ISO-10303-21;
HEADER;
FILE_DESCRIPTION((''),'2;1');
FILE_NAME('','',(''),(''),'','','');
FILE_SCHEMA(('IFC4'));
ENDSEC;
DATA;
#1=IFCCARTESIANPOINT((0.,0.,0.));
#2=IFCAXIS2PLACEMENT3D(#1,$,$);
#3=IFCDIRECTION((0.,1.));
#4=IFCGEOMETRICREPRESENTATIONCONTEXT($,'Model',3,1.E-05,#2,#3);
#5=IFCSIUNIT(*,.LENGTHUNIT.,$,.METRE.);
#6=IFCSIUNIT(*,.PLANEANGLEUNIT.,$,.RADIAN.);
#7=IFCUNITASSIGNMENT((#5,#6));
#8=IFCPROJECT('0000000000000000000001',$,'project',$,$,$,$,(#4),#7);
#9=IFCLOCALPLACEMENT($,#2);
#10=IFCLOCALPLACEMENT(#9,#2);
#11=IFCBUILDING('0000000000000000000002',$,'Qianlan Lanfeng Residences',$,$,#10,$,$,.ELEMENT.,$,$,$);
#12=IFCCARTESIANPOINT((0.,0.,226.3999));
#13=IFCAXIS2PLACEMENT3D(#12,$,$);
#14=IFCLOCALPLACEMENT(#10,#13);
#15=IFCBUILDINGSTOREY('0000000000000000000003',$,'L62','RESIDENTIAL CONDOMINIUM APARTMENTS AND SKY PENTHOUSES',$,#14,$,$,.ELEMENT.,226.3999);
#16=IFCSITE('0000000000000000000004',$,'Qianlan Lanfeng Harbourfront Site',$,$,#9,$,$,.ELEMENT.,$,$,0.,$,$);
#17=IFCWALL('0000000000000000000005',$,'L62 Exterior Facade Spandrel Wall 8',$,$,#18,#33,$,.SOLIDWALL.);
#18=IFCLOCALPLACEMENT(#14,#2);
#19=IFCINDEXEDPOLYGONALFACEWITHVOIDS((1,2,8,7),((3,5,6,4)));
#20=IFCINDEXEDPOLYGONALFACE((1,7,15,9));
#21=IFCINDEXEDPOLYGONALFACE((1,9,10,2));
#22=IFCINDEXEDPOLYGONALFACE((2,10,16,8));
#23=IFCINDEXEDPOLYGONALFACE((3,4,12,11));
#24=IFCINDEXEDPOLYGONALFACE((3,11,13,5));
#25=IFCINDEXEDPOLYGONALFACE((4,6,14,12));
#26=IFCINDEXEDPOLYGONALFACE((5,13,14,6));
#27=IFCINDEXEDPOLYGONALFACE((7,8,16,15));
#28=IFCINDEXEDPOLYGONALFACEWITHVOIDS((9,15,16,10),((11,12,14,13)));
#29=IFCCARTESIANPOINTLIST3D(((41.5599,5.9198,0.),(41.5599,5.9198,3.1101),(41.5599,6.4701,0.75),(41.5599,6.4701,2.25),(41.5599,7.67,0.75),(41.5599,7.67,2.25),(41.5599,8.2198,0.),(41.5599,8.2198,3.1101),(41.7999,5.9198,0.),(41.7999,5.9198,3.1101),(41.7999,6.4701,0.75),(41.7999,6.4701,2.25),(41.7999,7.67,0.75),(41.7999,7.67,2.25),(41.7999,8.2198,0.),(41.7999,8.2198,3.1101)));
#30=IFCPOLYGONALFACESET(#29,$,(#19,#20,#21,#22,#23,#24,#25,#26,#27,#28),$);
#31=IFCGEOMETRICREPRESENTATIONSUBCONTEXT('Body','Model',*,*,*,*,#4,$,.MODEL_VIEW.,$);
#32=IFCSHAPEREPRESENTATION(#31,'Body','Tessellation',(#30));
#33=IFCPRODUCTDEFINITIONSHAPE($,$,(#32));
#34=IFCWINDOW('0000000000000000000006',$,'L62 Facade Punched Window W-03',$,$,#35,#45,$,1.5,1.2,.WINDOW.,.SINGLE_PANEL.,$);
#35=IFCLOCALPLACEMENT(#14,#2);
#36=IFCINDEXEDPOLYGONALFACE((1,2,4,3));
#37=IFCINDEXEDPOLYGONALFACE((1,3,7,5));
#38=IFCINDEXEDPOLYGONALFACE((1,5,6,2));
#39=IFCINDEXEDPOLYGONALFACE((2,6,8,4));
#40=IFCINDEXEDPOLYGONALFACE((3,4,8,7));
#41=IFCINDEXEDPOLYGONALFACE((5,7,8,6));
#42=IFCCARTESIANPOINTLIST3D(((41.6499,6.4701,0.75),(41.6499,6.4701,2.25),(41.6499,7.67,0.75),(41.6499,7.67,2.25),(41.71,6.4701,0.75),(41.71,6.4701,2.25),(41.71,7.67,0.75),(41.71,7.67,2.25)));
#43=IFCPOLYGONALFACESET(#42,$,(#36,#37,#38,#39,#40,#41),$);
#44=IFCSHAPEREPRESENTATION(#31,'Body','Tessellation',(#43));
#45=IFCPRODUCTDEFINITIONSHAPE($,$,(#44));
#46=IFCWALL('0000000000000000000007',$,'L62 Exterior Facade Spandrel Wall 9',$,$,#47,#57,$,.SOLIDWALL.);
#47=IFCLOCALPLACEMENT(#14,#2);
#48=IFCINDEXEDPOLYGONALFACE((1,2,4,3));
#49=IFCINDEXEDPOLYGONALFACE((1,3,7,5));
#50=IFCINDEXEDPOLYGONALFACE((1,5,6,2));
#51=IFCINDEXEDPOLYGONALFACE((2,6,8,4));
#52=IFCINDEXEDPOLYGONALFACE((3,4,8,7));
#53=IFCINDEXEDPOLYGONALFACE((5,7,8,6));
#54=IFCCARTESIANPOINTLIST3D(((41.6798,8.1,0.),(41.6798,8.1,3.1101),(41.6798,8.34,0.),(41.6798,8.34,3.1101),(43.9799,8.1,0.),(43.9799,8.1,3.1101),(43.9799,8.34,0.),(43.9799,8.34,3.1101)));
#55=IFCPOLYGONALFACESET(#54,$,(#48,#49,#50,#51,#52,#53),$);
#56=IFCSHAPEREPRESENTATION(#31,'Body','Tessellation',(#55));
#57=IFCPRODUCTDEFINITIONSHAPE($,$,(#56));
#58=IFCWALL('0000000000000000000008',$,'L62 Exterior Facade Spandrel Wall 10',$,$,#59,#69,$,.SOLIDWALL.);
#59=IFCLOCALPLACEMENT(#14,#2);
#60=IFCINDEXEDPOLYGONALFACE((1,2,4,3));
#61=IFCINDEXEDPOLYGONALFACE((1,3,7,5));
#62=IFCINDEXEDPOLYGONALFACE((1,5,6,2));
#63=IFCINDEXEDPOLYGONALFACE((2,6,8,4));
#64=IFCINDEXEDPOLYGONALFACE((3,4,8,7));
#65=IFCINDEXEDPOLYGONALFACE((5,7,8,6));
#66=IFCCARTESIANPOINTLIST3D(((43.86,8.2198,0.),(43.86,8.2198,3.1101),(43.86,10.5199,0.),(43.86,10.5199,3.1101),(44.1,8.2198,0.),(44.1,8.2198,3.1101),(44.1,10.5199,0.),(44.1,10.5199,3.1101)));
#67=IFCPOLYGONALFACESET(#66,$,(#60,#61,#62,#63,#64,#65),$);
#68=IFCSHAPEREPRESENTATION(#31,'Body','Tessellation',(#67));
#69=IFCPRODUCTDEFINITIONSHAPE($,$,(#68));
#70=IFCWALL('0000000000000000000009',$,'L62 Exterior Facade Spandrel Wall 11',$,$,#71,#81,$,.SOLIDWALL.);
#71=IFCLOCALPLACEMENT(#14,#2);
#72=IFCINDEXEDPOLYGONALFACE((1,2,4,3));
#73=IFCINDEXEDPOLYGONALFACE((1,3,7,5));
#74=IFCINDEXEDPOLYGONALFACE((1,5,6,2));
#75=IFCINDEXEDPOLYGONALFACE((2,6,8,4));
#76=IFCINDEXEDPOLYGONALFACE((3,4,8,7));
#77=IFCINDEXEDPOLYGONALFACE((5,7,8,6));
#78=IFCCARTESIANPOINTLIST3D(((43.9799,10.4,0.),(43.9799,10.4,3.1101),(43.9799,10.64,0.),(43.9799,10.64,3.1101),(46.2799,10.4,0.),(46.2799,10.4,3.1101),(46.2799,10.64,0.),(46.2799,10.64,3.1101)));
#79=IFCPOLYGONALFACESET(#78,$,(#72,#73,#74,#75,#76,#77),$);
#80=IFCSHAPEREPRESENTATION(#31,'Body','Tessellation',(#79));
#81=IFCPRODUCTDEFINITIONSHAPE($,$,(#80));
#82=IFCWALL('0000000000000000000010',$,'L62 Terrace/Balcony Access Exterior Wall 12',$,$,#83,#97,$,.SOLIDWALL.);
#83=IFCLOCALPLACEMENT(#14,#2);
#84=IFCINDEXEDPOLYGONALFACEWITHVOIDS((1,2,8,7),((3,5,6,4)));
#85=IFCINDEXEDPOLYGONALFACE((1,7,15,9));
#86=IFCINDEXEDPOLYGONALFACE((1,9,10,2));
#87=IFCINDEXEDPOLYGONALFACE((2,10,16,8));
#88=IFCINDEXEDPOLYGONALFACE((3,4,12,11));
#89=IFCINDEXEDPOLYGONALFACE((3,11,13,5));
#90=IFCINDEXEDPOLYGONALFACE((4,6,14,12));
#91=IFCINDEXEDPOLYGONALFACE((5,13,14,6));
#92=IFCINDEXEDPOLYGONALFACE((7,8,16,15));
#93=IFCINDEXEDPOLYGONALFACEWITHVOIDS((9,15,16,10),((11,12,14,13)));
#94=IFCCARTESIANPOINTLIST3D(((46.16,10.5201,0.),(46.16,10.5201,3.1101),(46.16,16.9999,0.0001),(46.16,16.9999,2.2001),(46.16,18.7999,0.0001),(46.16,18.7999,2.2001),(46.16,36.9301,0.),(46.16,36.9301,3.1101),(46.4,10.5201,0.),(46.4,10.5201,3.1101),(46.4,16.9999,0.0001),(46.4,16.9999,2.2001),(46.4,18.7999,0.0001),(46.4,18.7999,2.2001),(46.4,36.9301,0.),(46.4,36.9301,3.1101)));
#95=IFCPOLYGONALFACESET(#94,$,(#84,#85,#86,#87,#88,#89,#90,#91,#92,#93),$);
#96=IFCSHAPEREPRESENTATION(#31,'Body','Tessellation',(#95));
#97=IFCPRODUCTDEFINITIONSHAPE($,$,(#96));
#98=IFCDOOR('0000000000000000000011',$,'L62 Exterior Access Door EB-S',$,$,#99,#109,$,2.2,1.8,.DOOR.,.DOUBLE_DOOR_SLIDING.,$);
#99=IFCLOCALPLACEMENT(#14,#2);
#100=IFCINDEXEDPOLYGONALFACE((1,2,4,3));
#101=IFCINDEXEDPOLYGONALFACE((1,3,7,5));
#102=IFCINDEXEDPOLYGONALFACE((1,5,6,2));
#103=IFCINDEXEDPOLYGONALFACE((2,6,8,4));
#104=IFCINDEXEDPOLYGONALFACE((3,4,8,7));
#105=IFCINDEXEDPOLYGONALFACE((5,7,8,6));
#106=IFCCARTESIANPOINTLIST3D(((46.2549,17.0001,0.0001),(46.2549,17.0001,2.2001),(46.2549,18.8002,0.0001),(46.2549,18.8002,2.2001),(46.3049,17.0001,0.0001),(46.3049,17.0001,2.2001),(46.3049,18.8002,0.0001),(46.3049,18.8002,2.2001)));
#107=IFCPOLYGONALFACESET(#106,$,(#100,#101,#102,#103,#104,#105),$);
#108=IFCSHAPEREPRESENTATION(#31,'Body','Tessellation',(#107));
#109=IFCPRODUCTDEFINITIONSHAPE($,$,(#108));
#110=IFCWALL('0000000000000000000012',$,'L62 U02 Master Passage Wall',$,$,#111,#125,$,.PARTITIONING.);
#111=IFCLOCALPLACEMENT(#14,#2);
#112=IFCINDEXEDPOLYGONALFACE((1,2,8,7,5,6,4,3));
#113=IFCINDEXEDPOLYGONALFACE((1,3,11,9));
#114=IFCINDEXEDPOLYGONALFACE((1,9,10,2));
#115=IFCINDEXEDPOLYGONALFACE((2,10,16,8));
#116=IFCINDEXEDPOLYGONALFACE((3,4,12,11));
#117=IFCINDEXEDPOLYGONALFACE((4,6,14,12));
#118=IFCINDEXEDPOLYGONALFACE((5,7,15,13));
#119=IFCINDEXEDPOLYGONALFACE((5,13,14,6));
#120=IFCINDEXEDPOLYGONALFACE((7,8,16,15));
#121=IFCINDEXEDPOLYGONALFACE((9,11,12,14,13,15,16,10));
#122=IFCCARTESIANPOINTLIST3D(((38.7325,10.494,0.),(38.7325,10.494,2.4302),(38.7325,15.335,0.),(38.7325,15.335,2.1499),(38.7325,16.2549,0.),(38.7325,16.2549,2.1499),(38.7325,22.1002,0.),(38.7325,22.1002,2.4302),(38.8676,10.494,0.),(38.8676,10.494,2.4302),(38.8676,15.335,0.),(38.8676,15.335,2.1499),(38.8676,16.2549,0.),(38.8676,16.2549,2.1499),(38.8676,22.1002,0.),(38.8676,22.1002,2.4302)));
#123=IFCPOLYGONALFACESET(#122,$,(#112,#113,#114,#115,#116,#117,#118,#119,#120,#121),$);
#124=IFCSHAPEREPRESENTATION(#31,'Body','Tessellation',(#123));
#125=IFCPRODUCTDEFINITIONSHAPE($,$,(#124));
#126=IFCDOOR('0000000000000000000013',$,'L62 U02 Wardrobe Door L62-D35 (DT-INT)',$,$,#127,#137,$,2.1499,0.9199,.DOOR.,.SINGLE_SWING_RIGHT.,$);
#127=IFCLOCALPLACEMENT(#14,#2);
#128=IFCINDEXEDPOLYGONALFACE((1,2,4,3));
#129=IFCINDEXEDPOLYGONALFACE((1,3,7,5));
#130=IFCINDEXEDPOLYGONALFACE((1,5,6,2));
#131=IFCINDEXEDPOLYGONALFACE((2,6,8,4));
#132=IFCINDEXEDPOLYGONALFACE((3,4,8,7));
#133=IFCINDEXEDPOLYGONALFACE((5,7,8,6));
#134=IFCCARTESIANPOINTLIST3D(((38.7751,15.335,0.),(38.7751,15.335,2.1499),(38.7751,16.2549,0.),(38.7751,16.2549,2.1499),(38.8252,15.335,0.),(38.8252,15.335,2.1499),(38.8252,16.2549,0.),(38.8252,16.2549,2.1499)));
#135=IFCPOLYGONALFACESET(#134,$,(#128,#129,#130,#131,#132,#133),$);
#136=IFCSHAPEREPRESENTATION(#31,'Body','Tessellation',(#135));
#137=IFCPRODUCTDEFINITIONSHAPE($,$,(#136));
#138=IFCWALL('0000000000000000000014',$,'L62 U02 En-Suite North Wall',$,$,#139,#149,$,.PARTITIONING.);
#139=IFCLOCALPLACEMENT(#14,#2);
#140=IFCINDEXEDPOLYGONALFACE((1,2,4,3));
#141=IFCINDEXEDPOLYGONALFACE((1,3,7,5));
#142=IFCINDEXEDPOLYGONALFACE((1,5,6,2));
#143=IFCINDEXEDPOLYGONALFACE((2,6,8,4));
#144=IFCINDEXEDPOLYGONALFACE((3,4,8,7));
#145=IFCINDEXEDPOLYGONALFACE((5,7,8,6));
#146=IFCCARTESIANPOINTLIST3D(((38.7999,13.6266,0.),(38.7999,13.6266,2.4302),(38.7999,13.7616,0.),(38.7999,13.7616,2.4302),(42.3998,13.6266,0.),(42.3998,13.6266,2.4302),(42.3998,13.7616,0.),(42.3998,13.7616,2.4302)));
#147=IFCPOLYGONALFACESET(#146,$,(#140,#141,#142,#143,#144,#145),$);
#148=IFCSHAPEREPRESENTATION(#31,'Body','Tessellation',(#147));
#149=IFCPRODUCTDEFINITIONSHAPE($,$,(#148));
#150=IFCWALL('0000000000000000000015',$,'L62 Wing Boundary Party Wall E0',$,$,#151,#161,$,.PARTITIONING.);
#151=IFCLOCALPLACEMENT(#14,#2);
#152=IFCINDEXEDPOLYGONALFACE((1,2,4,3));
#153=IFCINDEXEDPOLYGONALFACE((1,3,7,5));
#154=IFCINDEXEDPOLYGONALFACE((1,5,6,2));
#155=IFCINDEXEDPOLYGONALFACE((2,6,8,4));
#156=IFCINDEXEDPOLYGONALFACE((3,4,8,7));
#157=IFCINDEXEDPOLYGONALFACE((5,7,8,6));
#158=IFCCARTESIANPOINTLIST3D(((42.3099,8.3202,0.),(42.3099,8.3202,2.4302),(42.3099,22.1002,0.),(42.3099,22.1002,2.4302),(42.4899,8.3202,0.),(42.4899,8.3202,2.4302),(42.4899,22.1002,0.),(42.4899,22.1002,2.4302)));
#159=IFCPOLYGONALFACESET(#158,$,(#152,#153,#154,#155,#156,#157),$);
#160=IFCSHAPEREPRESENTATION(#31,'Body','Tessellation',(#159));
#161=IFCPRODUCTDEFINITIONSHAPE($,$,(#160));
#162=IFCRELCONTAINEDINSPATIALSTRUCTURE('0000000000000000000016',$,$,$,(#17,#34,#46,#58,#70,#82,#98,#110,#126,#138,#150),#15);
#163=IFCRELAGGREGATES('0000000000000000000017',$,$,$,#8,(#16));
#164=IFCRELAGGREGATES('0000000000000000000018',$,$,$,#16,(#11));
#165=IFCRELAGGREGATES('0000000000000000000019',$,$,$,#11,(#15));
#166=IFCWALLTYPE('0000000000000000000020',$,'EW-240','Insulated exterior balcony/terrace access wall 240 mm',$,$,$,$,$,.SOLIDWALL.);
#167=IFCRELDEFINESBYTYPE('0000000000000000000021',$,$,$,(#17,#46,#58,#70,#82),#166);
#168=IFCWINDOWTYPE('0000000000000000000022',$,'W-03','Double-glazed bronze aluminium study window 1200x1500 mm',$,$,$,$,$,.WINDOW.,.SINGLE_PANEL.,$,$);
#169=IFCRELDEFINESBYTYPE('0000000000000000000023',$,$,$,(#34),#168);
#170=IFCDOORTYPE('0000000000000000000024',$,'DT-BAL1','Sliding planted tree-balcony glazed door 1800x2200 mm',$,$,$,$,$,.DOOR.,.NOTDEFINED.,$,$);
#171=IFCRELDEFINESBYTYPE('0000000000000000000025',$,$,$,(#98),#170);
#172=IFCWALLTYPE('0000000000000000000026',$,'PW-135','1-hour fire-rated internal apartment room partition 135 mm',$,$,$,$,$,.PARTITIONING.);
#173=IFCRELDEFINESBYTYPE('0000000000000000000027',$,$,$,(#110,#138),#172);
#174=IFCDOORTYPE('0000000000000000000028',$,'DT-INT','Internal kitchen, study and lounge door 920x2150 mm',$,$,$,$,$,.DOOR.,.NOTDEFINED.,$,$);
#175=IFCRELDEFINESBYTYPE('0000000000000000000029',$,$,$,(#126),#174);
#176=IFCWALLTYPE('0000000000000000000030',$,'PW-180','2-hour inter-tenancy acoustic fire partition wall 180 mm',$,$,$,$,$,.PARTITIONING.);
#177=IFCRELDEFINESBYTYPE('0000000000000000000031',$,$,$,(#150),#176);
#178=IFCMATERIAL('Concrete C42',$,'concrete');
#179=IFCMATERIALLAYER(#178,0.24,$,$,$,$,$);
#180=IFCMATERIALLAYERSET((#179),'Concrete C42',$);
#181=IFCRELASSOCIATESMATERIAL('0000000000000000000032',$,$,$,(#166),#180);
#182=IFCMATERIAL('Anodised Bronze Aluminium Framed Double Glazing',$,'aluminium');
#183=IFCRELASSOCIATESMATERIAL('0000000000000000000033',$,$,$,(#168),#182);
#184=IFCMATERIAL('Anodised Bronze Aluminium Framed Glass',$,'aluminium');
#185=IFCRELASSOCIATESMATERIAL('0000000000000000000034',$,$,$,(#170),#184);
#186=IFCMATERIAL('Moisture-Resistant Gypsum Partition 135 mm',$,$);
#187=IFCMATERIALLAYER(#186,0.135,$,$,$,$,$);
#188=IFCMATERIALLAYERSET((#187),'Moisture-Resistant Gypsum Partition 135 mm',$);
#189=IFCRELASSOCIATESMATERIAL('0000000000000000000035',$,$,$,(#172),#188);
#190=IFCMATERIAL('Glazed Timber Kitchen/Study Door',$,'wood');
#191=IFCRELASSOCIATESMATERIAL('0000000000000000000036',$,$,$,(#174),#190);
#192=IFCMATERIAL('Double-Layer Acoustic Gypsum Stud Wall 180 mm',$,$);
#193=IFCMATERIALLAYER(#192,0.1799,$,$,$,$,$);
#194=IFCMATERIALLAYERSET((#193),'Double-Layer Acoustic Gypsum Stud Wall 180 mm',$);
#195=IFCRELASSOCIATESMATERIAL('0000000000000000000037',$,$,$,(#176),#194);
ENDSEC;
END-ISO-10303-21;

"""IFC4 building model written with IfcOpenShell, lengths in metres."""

from ifc_helpers import new_model, si_unit, direction, frame, frame_2d, origin, place, context, subcontext, project, spatial, rectangle, extrude, material, layer, layer_set, type_object, element, fill, save


model = new_model("IFC4")

# Units and contexts
model_context = context("Model", 3, precision=1e-05, world=origin(), true_north=direction((0.0, 1.0)))
body_context = subcontext(model_context, "Body", "Model", "MODEL_VIEW")
ifc_project = project(units=[si_unit("LENGTHUNIT", "METRE"), si_unit("PLANEANGLEUNIT", "RADIAN")], contexts=[model_context])

# Site, building, storey
site_placement = place(None, origin())
site = spatial("IfcSite", under=ifc_project, at=site_placement, Name="Qianlan Lanfeng Harbourfront Site", CompositionType="ELEMENT", RefElevation=0.0)
building_placement = place(site_placement, origin())
building = spatial("IfcBuilding", under=site, at=building_placement, Name="Qianlan Lanfeng Residences", CompositionType="ELEMENT")
storey_placement = place(building_placement, frame((0.0, 0.0, 226.3999)))
storey = spatial("IfcBuildingStorey", under=building, at=storey_placement, Name="L62", Description="RESIDENTIAL CONDOMINIUM APARTMENTS AND SKY PENTHOUSES", CompositionType="ELEMENT", Elevation=226.3999)

# Wall, opening, window
ifc_material_1 = material(Name="Concrete C42", Category="concrete")
ifc_layer_1 = layer(ifc_material_1, 0.24)
ifc_layer_set_1 = layer_set([ifc_layer_1], Name="Concrete C42")
wall_type_1 = type_object("IfcWallType", Name="EW-240", Description="Insulated exterior balcony/terrace access wall 240 mm", PredefinedType="SOLIDWALL", material=ifc_layer_set_1)
wall_1_placement = place(storey_placement, frame((41.6799, 5.9199, 0.0), z_axis=(0.0, 0.0, 1.0), x_axis=(0.0, 1.0, 0.0)))
wall_1 = element("IfcWall", 1, at=wall_1_placement, inside=storey, type_object=wall_type_1, Name="L62 Exterior Facade Spandrel Wall 8", PredefinedType="SOLIDWALL", context=body_context, shape_type="SweptSolid", body=[
    extrude(rectangle(XDim=2.3, YDim=0.24, at=frame_2d((1.1499, 0.0))), origin(), (0.0, 0.0, 1.0), 3.1101),
])
opening_1_placement = place(wall_1_placement, frame((0.55, 0.0, 0.75)))
opening_1 = element("IfcOpeningElement", 2, at=opening_1_placement, cuts=wall_1, PredefinedType="OPENING", context=body_context, shape_type="SweptSolid", body=[
    extrude(rectangle(XDim=1.2, YDim=1.5, at=frame_2d((0.6001, 0.75))), frame((0.0, 0.1299, 0.0), z_axis=(0.0, -1.0, 0.0), x_axis=(1.0, 0.0, 0.0)), (0.0, 0.0, 1.0), 0.26),
])
ifc_material_2 = material(Name="Anodised Bronze Aluminium Framed Double Glazing", Category="aluminium")
window_type = type_object("IfcWindowType", Name="W-03", Description="Double-glazed bronze aluminium study window 1200x1500 mm", PartitioningType="SINGLE_PANEL", PredefinedType="WINDOW", material=ifc_material_2)
window_placement = place(opening_1_placement, origin())
window = element("IfcWindow", 3, at=window_placement, inside=storey, type_object=window_type, Name="L62 Facade Punched Window W-03", OverallHeight=1.5, OverallWidth=1.2, PartitioningType="SINGLE_PANEL", PredefinedType="WINDOW", context=body_context, shape_type="SweptSolid", body=[
    extrude(rectangle(XDim=1.2, YDim=1.5, at=frame_2d((0.6001, 0.75))), frame((0.0, 0.03, 0.0), z_axis=(0.0, -1.0, 0.0), x_axis=(1.0, 0.0, 0.0)), (0.0, 0.0, 1.0), 0.0601),
])
fill(opening_1, window)

# Walls
for number, where, z_axis, x_axis, name in (
    (4, (41.6799, 8.22, 0.0), (0.0, 0.0, 1.0), (1.0, 0.0, 0.0), "L62 Exterior Facade Spandrel Wall 9"),
    (5, (43.98, 8.22, 0.0), (0.0, 0.0, 1.0), (0.0, 1.0, 0.0), "L62 Exterior Facade Spandrel Wall 10"),
    (6, (43.98, 10.52, 0.0), (0.0, 0.0, 1.0), (1.0, 0.0, 0.0), "L62 Exterior Facade Spandrel Wall 11"),
):
    element("IfcWall", number, at=place(storey_placement, frame(where, z_axis=z_axis, x_axis=x_axis)), inside=storey, type_object=wall_type_1, Name=name, PredefinedType="SOLIDWALL", context=body_context, shape_type="SweptSolid", body=[
        extrude(rectangle(XDim=2.3, YDim=0.24, at=frame_2d((1.1499, 0.0))), origin(), (0.0, 0.0, 1.0), 3.1101),
    ])

# Walls, openings, doors
wall_2_placement = place(storey_placement, frame((46.28, 10.52, 0.0), z_axis=(0.0, 0.0, 1.0), x_axis=(0.0, 1.0, 0.0)))
wall_2 = element("IfcWall", 7, at=wall_2_placement, inside=storey, type_object=wall_type_1, Name="L62 Terrace/Balcony Access Exterior Wall 12", PredefinedType="SOLIDWALL", context=body_context, shape_type="SweptSolid", body=[
    extrude(rectangle(XDim=26.4099, YDim=0.24, at=frame_2d((13.2051, 0.0))), origin(), (0.0, 0.0, 1.0), 3.1101),
])
opening_2_placement = place(wall_2_placement, frame((6.48, 0.0, 0.0)))
opening_2 = element("IfcOpeningElement", 8, at=opening_2_placement, cuts=wall_2, PredefinedType="OPENING", context=body_context, shape_type="SweptSolid", body=[
    extrude(rectangle(XDim=1.8, YDim=2.2, at=frame_2d((0.8999, 1.1001))), frame((0.0, 0.1299, 0.0), z_axis=(0.0, -1.0, 0.0), x_axis=(1.0, 0.0, 0.0)), (0.0, 0.0, 1.0), 0.26),
])
ifc_material_3 = material(Name="Anodised Bronze Aluminium Framed Glass", Category="aluminium")
door_type_1 = type_object("IfcDoorType", Name="DT-BAL1", Description="Sliding planted tree-balcony glazed door 1800x2200 mm", OperationType="NOTDEFINED", PredefinedType="DOOR", material=ifc_material_3)
door_1_placement = place(opening_2_placement, frame((1.8, 0.0, 0.0), z_axis=(0.0, 0.0, 1.0), x_axis=(-1.0, 0.0, 0.0)))
door_1 = element("IfcDoor", 9, at=door_1_placement, inside=storey, type_object=door_type_1, Name="L62 Exterior Access Door EB-S", OperationType="DOUBLE_DOOR_SLIDING", OverallHeight=2.2, OverallWidth=1.8, PredefinedType="DOOR", context=body_context, shape_type="SweptSolid", body=[
    extrude(rectangle(XDim=1.8, YDim=2.2, at=frame_2d((0.8999, 1.1001))), frame((0.0, 0.0249, 0.0), z_axis=(0.0, -1.0, 0.0), x_axis=(1.0, 0.0, 0.0)), (0.0, 0.0, 1.0), 0.05),
])
fill(opening_2, door_1)
ifc_material_4 = material(Name="Moisture-Resistant Gypsum Partition 135 mm")
ifc_layer_2 = layer(ifc_material_4, 0.135)
ifc_layer_set_2 = layer_set([ifc_layer_2], Name="Moisture-Resistant Gypsum Partition 135 mm")
wall_type_2 = type_object("IfcWallType", Name="PW-135", Description="1-hour fire-rated internal apartment room partition 135 mm", PredefinedType="PARTITIONING", material=ifc_layer_set_2)
wall_3_placement = place(storey_placement, frame((38.8, 10.4939, 0.0), z_axis=(0.0, 0.0, 1.0), x_axis=(0.0, 1.0, 0.0)))
wall_3 = element("IfcWall", 10, at=wall_3_placement, inside=storey, type_object=wall_type_2, Name="L62 U02 Master Passage Wall", PredefinedType="PARTITIONING", context=body_context, shape_type="SweptSolid", body=[
    extrude(rectangle(XDim=11.6062, YDim=0.135, at=frame_2d((5.8032, 0.0))), origin(), (0.0, 0.0, 1.0), 2.4302),
])
opening_3_placement = place(wall_3_placement, frame((4.8411, 0.0, 0.0)))
opening_3 = element("IfcOpeningElement", 11, at=opening_3_placement, cuts=wall_3, PredefinedType="OPENING", context=body_context, shape_type="SweptSolid", body=[
    extrude(rectangle(XDim=0.9199, YDim=2.1499, at=frame_2d((0.46, 1.075))), frame((0.0, 0.0776, 0.0), z_axis=(0.0, -1.0, 0.0), x_axis=(1.0, 0.0, 0.0)), (0.0, 0.0, 1.0), 0.155),
])
ifc_material_5 = material(Name="Glazed Timber Kitchen/Study Door", Category="wood")
door_type_2 = type_object("IfcDoorType", Name="DT-INT", Description="Internal kitchen, study and lounge door 920x2150 mm", OperationType="NOTDEFINED", PredefinedType="DOOR", material=ifc_material_5)
door_2_placement = place(opening_3_placement, origin())
door_2 = element("IfcDoor", 12, at=door_2_placement, inside=storey, type_object=door_type_2, Name="L62 U02 Wardrobe Door L62-D35 (DT-INT)", OperationType="SINGLE_SWING_RIGHT", OverallHeight=2.1499, OverallWidth=0.9199, PredefinedType="DOOR", context=body_context, shape_type="SweptSolid", body=[
    extrude(rectangle(XDim=0.9199, YDim=2.1499, at=frame_2d((0.46, 1.075))), frame((0.0, 0.0249, 0.0), z_axis=(0.0, -1.0, 0.0), x_axis=(1.0, 0.0, 0.0)), (0.0, 0.0, 1.0), 0.05),
])
fill(opening_3, door_2)

# Walls
wall_4_placement = place(storey_placement, frame((38.8, 13.6941, 0.0), z_axis=(0.0, 0.0, 1.0), x_axis=(1.0, 0.0, 0.0)))
element("IfcWall", 13, at=wall_4_placement, inside=storey, type_object=wall_type_2, Name="L62 U02 En-Suite North Wall", PredefinedType="PARTITIONING", context=body_context, shape_type="SweptSolid", body=[
    extrude(rectangle(XDim=3.5999, YDim=0.135, at=frame_2d((1.7998, 0.0))), origin(), (0.0, 0.0, 1.0), 2.4302),
])
ifc_material_6 = material(Name="Double-Layer Acoustic Gypsum Stud Wall 180 mm")
ifc_layer_3 = layer(ifc_material_6, 0.1799)
ifc_layer_set_3 = layer_set([ifc_layer_3], Name="Double-Layer Acoustic Gypsum Stud Wall 180 mm")
wall_type_3 = type_object("IfcWallType", Name="PW-180", Description="2-hour inter-tenancy acoustic fire partition wall 180 mm", PredefinedType="PARTITIONING", material=ifc_layer_set_3)
wall_5_placement = place(storey_placement, frame((42.3999, 8.3201, 0.0), z_axis=(0.0, 0.0, 1.0), x_axis=(0.0, 1.0, 0.0)))
element("IfcWall", 14, at=wall_5_placement, inside=storey, type_object=wall_type_3, Name="L62 Wing Boundary Party Wall E0", PredefinedType="PARTITIONING", context=body_context, shape_type="SweptSolid", body=[
    extrude(rectangle(XDim=13.78, YDim=0.1799, at=frame_2d((6.8901, 0.0))), origin(), (0.0, 0.0, 1.0), 2.4302),
])

save(model, "model.ifc")
